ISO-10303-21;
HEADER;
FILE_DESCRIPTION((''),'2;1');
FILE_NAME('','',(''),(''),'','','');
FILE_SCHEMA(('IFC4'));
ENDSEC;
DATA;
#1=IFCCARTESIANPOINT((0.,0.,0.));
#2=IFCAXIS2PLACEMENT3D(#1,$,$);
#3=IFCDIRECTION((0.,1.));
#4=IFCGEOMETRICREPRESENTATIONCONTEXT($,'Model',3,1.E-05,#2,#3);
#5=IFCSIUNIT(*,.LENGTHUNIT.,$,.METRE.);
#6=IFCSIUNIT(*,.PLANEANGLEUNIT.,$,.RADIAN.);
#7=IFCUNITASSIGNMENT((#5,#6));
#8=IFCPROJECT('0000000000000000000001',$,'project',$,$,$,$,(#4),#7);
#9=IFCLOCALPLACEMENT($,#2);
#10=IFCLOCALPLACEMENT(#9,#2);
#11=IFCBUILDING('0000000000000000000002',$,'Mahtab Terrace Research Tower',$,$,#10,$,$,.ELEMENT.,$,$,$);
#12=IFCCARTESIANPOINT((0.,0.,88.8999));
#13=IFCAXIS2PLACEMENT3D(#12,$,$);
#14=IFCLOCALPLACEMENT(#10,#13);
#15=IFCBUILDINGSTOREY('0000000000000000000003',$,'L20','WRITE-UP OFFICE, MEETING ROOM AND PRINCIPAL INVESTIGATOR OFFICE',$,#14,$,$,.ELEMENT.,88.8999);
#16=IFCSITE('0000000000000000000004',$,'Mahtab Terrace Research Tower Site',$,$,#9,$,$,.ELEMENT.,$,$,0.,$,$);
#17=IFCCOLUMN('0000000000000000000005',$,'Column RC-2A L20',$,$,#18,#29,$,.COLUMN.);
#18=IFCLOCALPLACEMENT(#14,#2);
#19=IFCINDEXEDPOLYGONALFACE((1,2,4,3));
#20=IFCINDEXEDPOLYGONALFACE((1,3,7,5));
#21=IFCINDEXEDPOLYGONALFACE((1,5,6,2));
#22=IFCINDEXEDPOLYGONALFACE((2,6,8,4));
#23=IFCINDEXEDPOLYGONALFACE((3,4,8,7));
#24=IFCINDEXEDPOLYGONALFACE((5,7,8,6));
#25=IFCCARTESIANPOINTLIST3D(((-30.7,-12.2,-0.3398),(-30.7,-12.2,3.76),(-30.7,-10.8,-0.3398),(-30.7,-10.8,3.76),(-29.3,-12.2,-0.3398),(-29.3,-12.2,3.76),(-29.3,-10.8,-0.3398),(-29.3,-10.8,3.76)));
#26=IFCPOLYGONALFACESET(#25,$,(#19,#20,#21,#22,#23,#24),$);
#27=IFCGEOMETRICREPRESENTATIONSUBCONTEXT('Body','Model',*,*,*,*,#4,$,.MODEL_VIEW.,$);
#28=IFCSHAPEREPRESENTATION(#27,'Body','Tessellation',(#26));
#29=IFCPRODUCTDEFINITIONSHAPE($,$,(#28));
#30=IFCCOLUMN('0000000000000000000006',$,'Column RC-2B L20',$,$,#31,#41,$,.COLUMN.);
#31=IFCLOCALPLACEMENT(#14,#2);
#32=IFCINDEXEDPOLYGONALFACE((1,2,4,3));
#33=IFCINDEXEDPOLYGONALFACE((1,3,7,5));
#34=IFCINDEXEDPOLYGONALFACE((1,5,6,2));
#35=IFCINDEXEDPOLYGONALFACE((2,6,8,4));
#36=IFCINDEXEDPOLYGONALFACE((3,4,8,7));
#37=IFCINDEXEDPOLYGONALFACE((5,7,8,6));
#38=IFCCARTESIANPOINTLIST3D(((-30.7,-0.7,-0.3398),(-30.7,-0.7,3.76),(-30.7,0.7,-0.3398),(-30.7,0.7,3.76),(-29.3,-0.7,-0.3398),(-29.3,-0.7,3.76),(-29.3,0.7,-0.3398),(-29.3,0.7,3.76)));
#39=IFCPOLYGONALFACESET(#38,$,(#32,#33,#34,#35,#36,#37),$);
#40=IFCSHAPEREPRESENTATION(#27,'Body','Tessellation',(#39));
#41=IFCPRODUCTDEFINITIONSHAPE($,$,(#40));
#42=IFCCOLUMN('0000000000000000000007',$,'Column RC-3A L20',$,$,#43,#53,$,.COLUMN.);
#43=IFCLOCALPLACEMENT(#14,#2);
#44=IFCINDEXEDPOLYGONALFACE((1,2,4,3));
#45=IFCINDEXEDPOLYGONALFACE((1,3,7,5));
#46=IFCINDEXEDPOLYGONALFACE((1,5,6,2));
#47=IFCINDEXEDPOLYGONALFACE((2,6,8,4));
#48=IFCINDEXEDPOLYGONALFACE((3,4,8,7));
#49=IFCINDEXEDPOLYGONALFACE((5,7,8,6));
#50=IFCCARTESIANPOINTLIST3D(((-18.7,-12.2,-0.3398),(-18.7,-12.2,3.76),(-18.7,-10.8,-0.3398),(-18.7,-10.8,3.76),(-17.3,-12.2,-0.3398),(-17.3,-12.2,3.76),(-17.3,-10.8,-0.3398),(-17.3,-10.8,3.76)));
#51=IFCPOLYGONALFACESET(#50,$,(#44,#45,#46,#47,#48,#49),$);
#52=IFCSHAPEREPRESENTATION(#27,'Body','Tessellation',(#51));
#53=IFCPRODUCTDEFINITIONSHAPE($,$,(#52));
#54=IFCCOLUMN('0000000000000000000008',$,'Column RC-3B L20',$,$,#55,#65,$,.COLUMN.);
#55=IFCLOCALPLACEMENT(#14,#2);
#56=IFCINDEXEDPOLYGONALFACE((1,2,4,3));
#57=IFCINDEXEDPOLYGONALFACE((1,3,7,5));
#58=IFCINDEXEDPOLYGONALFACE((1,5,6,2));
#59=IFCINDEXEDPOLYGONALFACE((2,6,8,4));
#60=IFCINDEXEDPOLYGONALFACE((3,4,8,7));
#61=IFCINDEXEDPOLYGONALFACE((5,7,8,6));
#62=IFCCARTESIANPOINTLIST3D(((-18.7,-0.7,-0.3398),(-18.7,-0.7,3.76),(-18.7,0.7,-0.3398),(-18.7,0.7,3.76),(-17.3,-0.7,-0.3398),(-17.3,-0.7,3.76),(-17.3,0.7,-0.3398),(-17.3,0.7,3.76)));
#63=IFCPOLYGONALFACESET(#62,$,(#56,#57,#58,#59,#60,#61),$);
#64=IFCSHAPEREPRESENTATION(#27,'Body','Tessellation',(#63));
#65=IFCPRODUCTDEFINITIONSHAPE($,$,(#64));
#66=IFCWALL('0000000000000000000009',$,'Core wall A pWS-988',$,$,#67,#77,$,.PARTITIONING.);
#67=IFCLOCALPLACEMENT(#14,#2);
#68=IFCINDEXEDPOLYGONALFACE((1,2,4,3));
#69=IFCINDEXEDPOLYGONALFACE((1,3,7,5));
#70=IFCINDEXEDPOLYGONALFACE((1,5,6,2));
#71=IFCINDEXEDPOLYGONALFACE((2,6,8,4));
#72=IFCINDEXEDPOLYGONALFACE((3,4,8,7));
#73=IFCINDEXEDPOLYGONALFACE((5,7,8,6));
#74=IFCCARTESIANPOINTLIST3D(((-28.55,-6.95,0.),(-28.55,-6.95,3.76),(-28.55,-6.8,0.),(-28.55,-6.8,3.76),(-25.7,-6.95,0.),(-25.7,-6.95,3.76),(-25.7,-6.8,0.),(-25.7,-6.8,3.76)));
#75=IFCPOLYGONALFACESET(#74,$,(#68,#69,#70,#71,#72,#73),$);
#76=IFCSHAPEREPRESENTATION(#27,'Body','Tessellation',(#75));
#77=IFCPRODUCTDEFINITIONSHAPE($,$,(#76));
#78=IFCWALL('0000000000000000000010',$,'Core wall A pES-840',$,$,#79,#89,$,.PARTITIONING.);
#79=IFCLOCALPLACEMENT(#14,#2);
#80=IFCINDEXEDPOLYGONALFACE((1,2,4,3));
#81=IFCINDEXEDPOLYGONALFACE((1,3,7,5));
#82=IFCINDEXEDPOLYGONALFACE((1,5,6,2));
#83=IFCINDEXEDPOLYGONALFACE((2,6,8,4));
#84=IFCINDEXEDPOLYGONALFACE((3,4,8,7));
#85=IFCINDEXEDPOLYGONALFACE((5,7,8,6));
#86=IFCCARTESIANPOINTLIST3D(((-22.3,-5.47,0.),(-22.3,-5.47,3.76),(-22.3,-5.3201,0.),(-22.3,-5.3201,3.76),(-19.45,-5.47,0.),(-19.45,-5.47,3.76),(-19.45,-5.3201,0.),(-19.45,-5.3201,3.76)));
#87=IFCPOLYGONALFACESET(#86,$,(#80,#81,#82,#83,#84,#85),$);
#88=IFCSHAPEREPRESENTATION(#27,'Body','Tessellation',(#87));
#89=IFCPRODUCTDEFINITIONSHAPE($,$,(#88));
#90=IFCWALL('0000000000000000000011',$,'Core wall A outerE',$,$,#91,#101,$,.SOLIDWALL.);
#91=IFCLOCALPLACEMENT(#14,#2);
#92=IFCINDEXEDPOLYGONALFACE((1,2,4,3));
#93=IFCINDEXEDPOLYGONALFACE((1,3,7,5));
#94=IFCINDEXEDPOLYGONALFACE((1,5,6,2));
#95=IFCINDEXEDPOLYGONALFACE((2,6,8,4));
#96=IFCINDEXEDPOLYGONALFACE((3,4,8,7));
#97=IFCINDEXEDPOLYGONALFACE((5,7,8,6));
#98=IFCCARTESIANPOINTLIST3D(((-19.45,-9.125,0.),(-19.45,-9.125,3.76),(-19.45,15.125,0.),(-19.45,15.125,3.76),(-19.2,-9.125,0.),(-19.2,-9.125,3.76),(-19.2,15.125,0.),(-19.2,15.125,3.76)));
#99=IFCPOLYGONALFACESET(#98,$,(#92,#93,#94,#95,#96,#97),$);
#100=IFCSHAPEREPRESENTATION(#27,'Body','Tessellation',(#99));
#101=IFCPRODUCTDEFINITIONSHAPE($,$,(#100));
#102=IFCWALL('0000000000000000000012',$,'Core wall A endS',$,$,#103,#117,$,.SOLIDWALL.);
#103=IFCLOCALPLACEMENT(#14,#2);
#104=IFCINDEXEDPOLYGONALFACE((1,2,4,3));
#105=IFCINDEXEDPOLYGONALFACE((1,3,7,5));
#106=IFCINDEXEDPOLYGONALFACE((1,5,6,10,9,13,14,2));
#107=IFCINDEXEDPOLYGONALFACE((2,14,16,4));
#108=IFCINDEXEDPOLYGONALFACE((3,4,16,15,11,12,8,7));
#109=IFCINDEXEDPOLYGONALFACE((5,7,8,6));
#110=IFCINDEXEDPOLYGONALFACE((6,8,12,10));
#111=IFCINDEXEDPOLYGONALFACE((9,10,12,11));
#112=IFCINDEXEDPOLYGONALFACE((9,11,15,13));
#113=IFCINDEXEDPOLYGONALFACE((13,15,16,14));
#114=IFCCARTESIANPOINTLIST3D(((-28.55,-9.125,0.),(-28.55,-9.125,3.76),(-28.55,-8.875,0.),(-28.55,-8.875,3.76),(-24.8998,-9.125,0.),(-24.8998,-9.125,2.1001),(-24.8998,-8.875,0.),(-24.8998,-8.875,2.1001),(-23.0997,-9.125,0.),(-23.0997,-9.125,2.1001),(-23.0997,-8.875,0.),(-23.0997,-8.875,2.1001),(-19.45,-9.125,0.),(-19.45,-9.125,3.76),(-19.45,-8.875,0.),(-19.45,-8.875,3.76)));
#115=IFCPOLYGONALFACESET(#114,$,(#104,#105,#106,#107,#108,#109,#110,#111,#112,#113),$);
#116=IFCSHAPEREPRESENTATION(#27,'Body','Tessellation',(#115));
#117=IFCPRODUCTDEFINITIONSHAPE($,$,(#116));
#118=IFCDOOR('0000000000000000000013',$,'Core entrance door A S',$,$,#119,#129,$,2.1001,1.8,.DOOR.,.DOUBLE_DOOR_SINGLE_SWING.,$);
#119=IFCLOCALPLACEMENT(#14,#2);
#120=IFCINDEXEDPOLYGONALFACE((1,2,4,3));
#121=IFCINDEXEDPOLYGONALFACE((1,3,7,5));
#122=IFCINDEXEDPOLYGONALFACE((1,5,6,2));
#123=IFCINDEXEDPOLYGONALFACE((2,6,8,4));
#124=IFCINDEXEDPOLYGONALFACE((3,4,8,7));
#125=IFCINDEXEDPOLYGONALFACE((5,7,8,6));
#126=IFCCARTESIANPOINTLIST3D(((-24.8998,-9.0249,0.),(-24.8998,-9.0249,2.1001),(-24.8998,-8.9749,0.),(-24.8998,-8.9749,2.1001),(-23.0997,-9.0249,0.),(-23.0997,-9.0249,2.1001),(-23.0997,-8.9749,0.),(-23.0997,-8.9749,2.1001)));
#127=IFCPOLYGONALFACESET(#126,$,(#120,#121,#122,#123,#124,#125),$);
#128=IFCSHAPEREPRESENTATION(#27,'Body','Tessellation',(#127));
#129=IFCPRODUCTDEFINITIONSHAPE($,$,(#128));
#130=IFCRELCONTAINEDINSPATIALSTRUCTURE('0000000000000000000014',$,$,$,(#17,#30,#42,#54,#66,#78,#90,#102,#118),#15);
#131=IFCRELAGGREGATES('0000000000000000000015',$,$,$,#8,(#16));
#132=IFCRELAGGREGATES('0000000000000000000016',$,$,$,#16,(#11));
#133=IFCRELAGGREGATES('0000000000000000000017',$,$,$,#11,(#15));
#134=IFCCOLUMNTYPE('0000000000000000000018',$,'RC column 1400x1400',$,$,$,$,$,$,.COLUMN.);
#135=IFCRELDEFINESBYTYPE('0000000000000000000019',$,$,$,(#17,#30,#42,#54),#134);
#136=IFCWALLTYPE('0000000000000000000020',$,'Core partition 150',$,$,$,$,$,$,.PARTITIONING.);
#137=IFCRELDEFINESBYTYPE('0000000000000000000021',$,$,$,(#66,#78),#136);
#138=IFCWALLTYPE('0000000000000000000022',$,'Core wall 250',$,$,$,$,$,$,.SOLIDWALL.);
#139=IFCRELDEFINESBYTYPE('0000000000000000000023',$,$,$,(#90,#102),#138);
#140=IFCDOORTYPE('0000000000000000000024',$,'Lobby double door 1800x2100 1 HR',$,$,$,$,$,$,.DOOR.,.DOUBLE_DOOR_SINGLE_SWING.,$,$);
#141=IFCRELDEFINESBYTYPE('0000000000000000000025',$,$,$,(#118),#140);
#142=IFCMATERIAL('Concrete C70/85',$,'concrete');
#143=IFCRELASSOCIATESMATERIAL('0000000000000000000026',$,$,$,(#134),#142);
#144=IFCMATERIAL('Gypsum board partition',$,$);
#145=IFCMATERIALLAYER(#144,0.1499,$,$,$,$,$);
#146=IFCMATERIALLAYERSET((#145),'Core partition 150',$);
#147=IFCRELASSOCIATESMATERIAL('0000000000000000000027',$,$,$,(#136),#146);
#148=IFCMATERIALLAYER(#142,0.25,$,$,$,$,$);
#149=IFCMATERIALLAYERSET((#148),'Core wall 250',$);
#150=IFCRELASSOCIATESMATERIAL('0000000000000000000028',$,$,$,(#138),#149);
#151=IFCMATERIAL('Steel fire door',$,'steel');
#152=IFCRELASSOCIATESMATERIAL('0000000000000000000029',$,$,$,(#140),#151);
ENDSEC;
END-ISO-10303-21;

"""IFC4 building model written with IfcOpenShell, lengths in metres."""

from ifc_helpers import new_model, si_unit, direction, frame, frame_2d, origin, origin_2d, place, context, subcontext, project, spatial, rectangle, extrude, material, layer, layer_set, material_profile, profile_set, type_object, element, fill, save


model = new_model("IFC4")

# Units and contexts
model_context = context("Model", 3, precision=1e-05, world=origin(), true_north=direction((0.0, 1.0)))
body_context = subcontext(model_context, "Body", "Model", "MODEL_VIEW")
ifc_project = project(units=[si_unit("LENGTHUNIT", "METRE"), si_unit("PLANEANGLEUNIT", "RADIAN")], contexts=[model_context])

# Site, building, storey
site_placement = place(None, origin())
site = spatial("IfcSite", under=ifc_project, at=site_placement, Name="Mahtab Terrace Research Tower Site", CompositionType="ELEMENT", RefElevation=0.0)
building_placement = place(site_placement, origin())
building = spatial("IfcBuilding", under=site, at=building_placement, Name="Mahtab Terrace Research Tower", CompositionType="ELEMENT")
storey_placement = place(building_placement, frame((0.0, 0.0, 88.8999)))
storey = spatial("IfcBuildingStorey", under=building, at=storey_placement, Name="L20", Description="WRITE-UP OFFICE, MEETING ROOM AND PRINCIPAL INVESTIGATOR OFFICE", CompositionType="ELEMENT", Elevation=88.8999)

# Columns
ifc_material_1 = material(Name="Concrete C70/85", Category="concrete")
ifc_material_profile = material_profile(ifc_material_1, rectangle(XDim=1.3999, YDim=1.3999, at=origin_2d()), Name="RC column 1400x1400")
ifc_profile_set = profile_set([ifc_material_profile], Name="Concrete C70/85")
column_type = type_object("IfcColumnType", Name="RC column 1400x1400", PredefinedType="COLUMN", material=ifc_profile_set)
for number, where, z_axis, x_axis, name in (
    (1, (-30.0, -11.5, -0.3398), (0.0, 0.0, 1.0), (1.0, 0.0, 0.0), "Column RC-2A L20"),
    (2, (-30.0, 0.0, -0.3398), (0.0, 0.0, 1.0), (1.0, 0.0, 0.0), "Column RC-2B L20"),
    (3, (-18.0, -11.5, -0.3398), (0.0, 0.0, 1.0), (1.0, 0.0, 0.0), "Column RC-3A L20"),
    (4, (-18.0, 0.0, -0.3398), (0.0, 0.0, 1.0), (1.0, 0.0, 0.0), "Column RC-3B L20"),
):
    element("IfcColumn", number, at=place(storey_placement, frame(where, z_axis=z_axis, x_axis=x_axis)), inside=storey, type_object=column_type, Name=name, PredefinedType="COLUMN", context=body_context, shape_type="SweptSolid", body=[
        extrude(rectangle(XDim=1.3999, YDim=1.3999, at=origin_2d()), origin(), (0.0, 0.0, 1.0), 4.0999),
    ])

# Walls
ifc_material_2 = material(Name="Gypsum board partition")
ifc_layer_1 = layer(ifc_material_2, 0.1499)
ifc_layer_set_1 = layer_set([ifc_layer_1], Name="Core partition 150")
wall_type_1 = type_object("IfcWallType", Name="Core partition 150", PredefinedType="PARTITIONING", material=ifc_layer_set_1)
for number, where, z_axis, x_axis, name in (
    (5, (-28.55, -6.875, 0.0), (0.0, 0.0, 1.0), (1.0, 0.0, 0.0), "Core wall A pWS-988"),
    (6, (-22.3, -5.395, 0.0), (0.0, 0.0, 1.0), (1.0, 0.0, 0.0), "Core wall A pES-840"),
):
    element("IfcWall", number, at=place(storey_placement, frame(where, z_axis=z_axis, x_axis=x_axis)), inside=storey, type_object=wall_type_1, Name=name, PredefinedType="PARTITIONING", context=body_context, shape_type="SweptSolid", body=[
        extrude(rectangle(XDim=2.8501, YDim=0.1499, at=frame_2d((1.425, 0.0))), origin(), (0.0, 0.0, 1.0), 3.76),
    ])
ifc_layer_2 = layer(ifc_material_1, 0.25)
ifc_layer_set_2 = layer_set([ifc_layer_2], Name="Core wall 250")
wall_type_2 = type_object("IfcWallType", Name="Core wall 250", PredefinedType="SOLIDWALL", material=ifc_layer_set_2)
wall_1_placement = place(storey_placement, frame((-19.325, -9.125, 0.0), z_axis=(0.0, 0.0, 1.0), x_axis=(0.0, 1.0, 0.0)))
element("IfcWall", 7, at=wall_1_placement, inside=storey, type_object=wall_type_2, Name="Core wall A outerE", PredefinedType="SOLIDWALL", context=body_context, shape_type="SweptSolid", body=[
    extrude(rectangle(XDim=24.25, YDim=0.25, at=frame_2d((12.125, 0.0))), origin(), (0.0, 0.0, 1.0), 3.76),
])

# Wall, opening, door
wall_2_placement = place(storey_placement, frame((-19.45, -9.0, 0.0), z_axis=(0.0, 0.0, 1.0), x_axis=(-1.0, 0.0, 0.0)))
wall_2 = element("IfcWall", 8, at=wall_2_placement, inside=storey, type_object=wall_type_2, Name="Core wall A endS", PredefinedType="SOLIDWALL", context=body_context, shape_type="SweptSolid", body=[
    extrude(rectangle(XDim=9.1001, YDim=0.25, at=frame_2d((4.55, 0.0))), origin(), (0.0, 0.0, 1.0), 3.76),
])
opening_1_placement = place(wall_2_placement, frame((3.6499, 0.0, 0.0)))
opening_1 = element("IfcOpeningElement", 9, at=opening_1_placement, cuts=wall_2, PredefinedType="OPENING", context=body_context, shape_type="SweptSolid", body=[
    extrude(rectangle(XDim=1.8, YDim=2.1001, at=frame_2d((0.8999, 1.05))), frame((0.0, 0.135, 0.0), z_axis=(0.0, -1.0, 0.0), x_axis=(1.0, 0.0, 0.0)), (0.0, 0.0, 1.0), 0.27),
])
ifc_material_3 = material(Name="Steel fire door", Category="steel")
door_type_1 = type_object("IfcDoorType", Name="Lobby double door 1800x2100 1 HR", OperationType="DOUBLE_DOOR_SINGLE_SWING", PredefinedType="DOOR", material=ifc_material_3)
door_1_placement = place(opening_1_placement, origin())
door_1 = element("IfcDoor", 10, at=door_1_placement, inside=storey, type_object=door_type_1, Name="Core entrance door A S", OperationType="DOUBLE_DOOR_SINGLE_SWING", OverallHeight=2.1001, OverallWidth=1.8, PredefinedType="DOOR", context=body_context, shape_type="SweptSolid", body=[
    extrude(rectangle(XDim=1.8, YDim=2.1001, at=frame_2d((0.8999, 1.05))), frame((0.0, 0.0249, 0.0), z_axis=(0.0, -1.0, 0.0), x_axis=(1.0, 0.0, 0.0)), (0.0, 0.0, 1.0), 0.05),
])
fill(opening_1, door_1)

save(model, "model.ifc")
